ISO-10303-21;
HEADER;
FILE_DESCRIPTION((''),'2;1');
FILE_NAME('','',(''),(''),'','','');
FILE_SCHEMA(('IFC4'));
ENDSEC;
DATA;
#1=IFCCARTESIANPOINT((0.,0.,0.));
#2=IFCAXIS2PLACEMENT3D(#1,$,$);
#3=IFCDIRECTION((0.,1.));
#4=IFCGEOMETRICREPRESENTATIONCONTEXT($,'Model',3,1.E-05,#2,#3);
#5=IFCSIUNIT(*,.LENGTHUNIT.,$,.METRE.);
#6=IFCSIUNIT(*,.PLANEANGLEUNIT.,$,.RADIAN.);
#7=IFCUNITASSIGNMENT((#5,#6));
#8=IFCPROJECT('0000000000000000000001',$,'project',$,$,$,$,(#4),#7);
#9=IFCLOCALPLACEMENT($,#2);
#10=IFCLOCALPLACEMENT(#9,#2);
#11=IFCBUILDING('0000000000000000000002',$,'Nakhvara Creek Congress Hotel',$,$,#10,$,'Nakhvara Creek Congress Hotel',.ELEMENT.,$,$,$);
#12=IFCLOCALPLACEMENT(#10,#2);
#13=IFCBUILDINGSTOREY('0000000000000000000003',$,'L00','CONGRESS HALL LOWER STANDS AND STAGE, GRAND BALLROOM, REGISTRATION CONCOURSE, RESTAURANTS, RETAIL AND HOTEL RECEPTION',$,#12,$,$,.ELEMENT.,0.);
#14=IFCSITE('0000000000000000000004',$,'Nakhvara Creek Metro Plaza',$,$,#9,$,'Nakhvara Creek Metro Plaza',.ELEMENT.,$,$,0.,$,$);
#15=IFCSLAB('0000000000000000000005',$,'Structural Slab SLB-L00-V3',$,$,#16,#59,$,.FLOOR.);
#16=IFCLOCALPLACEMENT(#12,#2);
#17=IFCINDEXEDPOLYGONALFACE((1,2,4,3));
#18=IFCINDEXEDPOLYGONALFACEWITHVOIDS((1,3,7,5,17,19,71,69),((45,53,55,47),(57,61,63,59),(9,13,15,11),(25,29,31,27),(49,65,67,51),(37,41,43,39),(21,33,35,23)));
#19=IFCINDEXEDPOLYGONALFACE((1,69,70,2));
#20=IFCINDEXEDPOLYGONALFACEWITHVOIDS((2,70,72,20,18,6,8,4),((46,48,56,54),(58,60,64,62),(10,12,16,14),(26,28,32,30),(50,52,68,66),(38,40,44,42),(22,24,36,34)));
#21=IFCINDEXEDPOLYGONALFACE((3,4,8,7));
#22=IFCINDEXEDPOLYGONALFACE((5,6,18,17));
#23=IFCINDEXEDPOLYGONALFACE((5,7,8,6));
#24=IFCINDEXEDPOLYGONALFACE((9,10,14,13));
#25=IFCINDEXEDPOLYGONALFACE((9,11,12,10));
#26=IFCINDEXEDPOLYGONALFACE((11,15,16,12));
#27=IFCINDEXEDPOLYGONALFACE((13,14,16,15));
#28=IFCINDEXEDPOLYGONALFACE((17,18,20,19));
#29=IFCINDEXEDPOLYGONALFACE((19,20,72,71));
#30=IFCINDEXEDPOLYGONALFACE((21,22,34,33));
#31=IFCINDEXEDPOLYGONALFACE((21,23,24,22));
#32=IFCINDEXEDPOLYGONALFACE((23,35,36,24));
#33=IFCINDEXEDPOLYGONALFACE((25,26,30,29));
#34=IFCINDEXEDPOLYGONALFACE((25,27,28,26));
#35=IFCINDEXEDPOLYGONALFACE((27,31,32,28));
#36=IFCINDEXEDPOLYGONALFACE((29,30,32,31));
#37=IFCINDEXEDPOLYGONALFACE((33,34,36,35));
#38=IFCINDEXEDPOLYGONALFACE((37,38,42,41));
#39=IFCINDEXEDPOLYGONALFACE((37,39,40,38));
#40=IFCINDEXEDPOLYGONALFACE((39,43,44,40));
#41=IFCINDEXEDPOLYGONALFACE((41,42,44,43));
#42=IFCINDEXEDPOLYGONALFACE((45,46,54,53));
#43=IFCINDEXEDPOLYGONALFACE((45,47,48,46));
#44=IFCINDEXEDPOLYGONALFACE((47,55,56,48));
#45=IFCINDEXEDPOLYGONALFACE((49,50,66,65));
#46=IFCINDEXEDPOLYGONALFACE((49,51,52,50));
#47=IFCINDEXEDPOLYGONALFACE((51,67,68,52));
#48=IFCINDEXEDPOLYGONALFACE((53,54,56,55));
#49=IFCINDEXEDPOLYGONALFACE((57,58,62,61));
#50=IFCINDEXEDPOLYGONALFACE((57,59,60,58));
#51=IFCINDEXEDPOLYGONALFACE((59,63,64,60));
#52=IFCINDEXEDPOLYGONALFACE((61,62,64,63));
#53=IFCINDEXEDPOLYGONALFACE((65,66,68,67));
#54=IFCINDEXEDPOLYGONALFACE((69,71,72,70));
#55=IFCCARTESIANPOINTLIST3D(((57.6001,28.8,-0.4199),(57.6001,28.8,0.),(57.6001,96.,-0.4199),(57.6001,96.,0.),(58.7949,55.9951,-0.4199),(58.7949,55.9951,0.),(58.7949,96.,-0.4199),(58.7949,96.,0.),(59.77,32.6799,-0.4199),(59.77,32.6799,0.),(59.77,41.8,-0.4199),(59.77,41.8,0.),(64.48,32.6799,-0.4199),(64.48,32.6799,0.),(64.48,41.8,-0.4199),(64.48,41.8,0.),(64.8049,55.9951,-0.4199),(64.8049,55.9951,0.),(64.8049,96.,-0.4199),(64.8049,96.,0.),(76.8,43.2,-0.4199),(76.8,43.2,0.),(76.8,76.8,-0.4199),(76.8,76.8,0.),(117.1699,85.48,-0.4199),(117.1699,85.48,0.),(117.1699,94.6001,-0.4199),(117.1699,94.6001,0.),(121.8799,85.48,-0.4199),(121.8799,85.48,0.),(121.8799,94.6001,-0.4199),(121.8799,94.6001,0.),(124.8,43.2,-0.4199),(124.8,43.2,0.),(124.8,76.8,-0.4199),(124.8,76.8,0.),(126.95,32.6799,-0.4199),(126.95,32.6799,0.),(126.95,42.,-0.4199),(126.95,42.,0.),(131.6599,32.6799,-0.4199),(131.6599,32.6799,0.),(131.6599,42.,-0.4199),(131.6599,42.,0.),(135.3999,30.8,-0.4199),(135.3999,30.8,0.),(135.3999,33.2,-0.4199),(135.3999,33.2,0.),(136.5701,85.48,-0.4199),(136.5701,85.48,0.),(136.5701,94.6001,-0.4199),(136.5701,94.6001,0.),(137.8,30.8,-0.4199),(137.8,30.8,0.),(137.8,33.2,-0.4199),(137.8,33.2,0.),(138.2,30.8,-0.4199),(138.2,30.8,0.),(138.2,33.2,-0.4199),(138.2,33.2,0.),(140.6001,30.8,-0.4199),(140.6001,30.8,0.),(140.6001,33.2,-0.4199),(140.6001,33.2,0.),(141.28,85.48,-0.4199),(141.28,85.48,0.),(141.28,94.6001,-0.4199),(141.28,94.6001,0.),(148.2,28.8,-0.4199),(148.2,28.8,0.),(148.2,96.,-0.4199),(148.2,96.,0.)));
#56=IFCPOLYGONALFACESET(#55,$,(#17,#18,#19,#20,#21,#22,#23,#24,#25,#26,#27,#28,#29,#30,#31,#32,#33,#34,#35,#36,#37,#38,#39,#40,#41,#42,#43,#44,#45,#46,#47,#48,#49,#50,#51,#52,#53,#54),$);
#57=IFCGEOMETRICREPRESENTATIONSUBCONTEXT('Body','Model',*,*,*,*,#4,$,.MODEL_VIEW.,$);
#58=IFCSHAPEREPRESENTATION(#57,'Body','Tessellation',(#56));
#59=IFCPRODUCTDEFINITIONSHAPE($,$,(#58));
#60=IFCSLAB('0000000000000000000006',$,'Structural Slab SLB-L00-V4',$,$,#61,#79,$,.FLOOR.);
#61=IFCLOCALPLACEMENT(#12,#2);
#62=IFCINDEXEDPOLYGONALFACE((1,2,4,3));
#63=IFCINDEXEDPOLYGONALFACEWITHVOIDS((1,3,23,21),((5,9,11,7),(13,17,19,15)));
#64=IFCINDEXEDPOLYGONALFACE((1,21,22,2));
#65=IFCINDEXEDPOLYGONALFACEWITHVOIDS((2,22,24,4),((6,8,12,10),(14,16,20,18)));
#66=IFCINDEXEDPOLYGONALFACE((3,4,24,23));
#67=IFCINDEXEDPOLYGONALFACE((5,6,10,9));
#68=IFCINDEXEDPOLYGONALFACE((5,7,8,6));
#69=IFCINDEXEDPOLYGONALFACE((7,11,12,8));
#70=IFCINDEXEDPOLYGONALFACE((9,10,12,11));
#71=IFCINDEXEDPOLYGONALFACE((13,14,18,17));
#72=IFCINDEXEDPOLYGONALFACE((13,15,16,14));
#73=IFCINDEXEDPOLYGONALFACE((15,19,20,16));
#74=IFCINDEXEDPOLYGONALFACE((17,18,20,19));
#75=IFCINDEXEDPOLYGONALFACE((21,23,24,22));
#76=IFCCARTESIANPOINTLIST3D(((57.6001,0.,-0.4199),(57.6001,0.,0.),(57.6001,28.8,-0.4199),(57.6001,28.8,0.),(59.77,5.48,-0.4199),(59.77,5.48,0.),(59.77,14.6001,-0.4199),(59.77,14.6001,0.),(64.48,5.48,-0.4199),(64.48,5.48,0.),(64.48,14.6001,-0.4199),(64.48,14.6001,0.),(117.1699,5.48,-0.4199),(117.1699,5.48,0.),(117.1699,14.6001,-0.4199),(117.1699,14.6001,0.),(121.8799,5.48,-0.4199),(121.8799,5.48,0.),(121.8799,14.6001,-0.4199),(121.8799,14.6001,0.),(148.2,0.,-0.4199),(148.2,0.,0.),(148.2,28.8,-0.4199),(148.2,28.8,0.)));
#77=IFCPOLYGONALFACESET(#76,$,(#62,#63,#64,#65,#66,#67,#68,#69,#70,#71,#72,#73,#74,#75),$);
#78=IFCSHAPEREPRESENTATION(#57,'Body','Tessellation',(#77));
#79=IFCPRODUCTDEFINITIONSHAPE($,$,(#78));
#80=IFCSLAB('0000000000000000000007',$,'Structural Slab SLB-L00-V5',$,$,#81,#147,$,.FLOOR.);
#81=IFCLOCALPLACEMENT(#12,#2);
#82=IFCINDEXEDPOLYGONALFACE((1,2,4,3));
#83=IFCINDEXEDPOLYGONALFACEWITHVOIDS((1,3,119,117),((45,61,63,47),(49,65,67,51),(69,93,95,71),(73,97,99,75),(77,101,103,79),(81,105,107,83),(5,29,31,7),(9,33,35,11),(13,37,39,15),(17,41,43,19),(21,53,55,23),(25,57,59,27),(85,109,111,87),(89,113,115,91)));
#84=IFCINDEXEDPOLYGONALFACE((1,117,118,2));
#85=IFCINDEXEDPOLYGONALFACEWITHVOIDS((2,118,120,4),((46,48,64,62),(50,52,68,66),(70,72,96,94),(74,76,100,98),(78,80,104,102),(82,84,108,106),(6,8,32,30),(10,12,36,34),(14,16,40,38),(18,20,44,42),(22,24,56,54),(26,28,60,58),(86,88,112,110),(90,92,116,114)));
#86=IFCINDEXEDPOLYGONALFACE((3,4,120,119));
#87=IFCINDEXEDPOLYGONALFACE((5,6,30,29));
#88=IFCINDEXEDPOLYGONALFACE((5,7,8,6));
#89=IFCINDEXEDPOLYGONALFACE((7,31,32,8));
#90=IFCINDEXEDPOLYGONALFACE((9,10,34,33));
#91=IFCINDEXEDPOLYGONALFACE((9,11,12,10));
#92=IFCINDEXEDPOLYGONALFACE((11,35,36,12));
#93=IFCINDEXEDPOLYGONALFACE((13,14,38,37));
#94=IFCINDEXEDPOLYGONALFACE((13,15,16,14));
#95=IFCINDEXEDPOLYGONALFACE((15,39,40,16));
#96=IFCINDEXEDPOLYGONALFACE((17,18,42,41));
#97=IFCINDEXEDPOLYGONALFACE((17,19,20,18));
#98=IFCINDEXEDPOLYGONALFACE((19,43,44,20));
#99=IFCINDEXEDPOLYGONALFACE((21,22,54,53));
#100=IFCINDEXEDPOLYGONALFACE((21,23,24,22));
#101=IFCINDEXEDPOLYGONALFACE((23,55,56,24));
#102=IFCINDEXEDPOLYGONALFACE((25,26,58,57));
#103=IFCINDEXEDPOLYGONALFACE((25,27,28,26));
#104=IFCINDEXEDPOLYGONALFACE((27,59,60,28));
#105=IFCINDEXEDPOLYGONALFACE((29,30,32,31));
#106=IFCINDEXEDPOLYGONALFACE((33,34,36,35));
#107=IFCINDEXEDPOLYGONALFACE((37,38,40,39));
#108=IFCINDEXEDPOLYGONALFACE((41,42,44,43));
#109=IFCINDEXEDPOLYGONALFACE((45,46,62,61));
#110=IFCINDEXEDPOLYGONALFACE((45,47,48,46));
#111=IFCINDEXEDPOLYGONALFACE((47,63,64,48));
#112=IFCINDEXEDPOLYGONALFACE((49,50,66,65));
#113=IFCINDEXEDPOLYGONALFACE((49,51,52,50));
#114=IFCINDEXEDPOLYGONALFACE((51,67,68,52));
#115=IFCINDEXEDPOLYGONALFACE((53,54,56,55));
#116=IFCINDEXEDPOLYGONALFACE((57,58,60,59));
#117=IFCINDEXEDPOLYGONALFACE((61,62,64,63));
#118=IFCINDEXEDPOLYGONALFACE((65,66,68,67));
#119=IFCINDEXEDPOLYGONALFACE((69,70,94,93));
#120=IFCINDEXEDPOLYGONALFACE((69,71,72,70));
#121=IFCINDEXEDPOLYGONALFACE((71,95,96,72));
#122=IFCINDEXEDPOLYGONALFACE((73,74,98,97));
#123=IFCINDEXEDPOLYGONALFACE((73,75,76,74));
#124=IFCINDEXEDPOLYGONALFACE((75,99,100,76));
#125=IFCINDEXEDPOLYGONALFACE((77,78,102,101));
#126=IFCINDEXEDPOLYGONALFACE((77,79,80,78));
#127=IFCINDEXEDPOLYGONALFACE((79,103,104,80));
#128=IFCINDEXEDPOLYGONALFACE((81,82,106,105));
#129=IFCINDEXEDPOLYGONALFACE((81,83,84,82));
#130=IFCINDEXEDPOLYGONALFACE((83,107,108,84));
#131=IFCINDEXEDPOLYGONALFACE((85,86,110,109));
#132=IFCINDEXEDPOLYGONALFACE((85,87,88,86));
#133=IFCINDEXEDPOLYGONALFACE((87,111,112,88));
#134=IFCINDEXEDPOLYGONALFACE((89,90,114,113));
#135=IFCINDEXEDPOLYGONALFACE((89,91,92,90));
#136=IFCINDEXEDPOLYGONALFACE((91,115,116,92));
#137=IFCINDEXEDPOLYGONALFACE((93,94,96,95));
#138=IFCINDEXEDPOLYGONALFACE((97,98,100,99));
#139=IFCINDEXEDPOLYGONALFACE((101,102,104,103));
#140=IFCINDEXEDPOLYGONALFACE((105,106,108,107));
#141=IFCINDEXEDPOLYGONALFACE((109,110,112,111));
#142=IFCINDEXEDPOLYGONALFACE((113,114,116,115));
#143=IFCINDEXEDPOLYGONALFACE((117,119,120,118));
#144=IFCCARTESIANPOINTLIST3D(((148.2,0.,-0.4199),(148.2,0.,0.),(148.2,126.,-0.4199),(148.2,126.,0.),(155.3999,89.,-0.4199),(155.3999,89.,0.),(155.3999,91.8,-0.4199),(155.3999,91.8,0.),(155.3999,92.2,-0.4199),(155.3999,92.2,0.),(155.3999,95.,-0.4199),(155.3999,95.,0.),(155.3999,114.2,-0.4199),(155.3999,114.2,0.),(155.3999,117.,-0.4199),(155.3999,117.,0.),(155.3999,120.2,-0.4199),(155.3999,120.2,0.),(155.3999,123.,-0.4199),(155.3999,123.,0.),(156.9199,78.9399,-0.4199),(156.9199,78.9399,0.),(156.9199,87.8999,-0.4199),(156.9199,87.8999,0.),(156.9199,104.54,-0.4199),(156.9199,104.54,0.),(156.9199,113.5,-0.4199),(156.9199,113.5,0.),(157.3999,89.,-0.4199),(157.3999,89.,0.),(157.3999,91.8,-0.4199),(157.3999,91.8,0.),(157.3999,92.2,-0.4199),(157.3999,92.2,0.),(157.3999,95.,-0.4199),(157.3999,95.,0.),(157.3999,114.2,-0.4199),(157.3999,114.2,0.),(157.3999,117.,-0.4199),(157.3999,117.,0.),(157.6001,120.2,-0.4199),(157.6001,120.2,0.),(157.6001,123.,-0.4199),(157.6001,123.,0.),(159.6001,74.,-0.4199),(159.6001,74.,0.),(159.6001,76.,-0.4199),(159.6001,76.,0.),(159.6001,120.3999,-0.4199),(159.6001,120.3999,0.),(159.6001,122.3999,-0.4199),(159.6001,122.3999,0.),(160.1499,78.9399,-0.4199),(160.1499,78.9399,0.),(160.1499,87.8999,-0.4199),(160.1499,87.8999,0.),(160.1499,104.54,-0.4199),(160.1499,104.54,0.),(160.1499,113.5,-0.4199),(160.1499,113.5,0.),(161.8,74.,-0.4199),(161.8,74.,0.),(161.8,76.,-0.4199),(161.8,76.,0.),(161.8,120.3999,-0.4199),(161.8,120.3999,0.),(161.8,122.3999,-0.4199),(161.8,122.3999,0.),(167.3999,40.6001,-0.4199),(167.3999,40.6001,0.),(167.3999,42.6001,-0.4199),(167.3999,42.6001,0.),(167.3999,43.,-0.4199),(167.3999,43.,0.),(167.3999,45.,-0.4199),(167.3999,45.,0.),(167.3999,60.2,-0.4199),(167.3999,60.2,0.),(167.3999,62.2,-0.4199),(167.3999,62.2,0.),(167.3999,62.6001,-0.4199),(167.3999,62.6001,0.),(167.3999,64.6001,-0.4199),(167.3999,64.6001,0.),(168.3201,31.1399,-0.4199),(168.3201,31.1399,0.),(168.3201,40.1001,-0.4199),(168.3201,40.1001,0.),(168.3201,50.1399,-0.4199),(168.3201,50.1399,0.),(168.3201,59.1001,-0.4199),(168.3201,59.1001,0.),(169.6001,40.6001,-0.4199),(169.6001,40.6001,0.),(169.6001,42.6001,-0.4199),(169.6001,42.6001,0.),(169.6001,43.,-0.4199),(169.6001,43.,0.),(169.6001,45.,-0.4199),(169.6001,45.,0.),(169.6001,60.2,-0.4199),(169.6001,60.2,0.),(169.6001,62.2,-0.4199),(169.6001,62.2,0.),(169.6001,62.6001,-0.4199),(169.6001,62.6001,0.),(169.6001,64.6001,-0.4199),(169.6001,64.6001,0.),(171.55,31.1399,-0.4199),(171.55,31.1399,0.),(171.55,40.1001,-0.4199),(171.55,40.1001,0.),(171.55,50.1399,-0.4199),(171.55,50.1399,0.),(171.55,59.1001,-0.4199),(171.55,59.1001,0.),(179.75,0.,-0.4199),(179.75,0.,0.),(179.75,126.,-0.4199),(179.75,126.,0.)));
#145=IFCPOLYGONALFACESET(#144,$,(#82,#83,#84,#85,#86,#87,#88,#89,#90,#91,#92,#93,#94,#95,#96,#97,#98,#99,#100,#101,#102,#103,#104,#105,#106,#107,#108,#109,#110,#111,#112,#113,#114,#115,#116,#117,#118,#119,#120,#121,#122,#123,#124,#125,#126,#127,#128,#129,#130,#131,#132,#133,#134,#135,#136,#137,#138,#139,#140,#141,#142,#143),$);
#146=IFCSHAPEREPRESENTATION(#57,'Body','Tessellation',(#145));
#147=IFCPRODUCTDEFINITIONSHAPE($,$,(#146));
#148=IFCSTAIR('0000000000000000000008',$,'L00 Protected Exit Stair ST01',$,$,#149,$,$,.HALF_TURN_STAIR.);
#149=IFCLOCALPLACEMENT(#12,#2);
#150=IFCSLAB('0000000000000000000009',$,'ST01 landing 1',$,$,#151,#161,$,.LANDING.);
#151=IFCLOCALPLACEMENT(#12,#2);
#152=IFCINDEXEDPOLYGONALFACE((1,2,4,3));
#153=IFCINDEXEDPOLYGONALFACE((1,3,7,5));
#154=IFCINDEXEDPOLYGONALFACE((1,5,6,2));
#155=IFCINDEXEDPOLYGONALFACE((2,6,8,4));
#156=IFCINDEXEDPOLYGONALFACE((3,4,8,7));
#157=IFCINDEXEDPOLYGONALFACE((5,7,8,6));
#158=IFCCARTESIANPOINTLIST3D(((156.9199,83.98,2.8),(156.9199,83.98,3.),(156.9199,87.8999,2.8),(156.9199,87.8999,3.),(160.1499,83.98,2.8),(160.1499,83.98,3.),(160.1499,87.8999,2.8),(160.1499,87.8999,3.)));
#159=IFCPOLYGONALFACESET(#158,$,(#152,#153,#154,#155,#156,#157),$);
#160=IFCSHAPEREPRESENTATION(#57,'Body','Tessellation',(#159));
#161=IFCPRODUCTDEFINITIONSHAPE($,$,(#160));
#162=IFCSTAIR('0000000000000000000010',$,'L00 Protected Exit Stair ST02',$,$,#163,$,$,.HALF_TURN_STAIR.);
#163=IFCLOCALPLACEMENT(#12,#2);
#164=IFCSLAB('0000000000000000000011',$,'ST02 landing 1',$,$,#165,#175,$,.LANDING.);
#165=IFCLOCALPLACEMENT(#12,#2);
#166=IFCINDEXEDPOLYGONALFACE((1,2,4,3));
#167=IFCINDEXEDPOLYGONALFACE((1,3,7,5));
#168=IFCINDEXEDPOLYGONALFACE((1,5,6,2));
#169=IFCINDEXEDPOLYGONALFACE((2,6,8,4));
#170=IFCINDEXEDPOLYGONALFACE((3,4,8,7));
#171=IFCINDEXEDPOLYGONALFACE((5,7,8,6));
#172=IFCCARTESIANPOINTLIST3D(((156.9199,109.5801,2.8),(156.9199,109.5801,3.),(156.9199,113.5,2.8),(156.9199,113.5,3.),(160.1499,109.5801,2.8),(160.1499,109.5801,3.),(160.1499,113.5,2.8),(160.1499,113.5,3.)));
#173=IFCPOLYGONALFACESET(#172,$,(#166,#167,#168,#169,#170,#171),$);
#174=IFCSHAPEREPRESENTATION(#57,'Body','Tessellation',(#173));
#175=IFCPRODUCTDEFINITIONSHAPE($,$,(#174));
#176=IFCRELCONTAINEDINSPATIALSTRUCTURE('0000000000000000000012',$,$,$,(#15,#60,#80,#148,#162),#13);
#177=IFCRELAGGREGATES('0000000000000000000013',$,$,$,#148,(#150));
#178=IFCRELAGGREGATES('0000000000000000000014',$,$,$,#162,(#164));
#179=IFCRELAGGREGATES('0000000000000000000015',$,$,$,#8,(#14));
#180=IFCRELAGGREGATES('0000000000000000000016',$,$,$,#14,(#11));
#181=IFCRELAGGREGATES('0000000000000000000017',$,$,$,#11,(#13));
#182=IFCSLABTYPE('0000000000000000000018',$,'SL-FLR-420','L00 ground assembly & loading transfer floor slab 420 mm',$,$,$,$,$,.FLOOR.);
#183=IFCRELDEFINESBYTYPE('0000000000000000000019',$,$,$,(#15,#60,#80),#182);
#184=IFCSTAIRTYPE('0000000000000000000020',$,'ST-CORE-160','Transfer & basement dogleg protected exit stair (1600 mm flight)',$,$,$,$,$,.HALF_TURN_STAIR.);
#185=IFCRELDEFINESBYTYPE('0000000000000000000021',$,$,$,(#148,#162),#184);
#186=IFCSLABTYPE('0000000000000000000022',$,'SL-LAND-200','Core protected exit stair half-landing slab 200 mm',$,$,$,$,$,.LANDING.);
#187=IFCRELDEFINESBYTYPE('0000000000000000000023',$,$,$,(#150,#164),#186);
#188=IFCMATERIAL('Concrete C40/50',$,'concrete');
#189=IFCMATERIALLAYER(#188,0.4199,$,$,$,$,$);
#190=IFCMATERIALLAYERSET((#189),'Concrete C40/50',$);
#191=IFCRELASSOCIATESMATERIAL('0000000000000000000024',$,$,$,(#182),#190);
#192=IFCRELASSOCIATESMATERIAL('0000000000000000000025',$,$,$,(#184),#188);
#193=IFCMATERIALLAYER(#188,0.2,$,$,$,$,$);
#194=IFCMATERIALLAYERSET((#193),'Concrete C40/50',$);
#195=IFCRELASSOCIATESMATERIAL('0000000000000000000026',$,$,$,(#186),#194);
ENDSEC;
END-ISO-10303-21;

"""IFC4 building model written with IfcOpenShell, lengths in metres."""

from ifc_helpers import new_model, si_unit, direction, frame, origin, place, context, subcontext, project, spatial, polyline, outline, extrude, material, layer, layer_set, type_object, element, aggregate, save


model = new_model("IFC4")

# Units and contexts
model_context = context("Model", 3, precision=1e-05, world=origin(), true_north=direction((0.0, 1.0)))
body_context = subcontext(model_context, "Body", "Model", "MODEL_VIEW")
ifc_project = project(units=[si_unit("LENGTHUNIT", "METRE"), si_unit("PLANEANGLEUNIT", "RADIAN")], contexts=[model_context])

# Site, building, storey
site_placement = place(None, origin())
site = spatial("IfcSite", under=ifc_project, at=site_placement, Name="Nakhvara Creek Metro Plaza", LongName="Nakhvara Creek Metro Plaza", CompositionType="ELEMENT", RefElevation=0.0)
building_placement = place(site_placement, origin())
building = spatial("IfcBuilding", under=site, at=building_placement, Name="Nakhvara Creek Congress Hotel", LongName="Nakhvara Creek Congress Hotel", CompositionType="ELEMENT")
storey_placement = place(building_placement, origin())
storey = spatial("IfcBuildingStorey", under=building, at=storey_placement, Name="L00", Description="CONGRESS HALL LOWER STANDS AND STAGE, GRAND BALLROOM, REGISTRATION CONCOURSE, RESTAURANTS, RETAIL AND HOTEL RECEPTION", CompositionType="ELEMENT", Elevation=0.0)

# Slabs
ifc_material_1 = material(Name="Concrete C40/50", Category="concrete")
ifc_layer_1 = layer(ifc_material_1, 0.4199)
ifc_layer_set_1 = layer_set([ifc_layer_1], Name="Concrete C40/50")
slab_type_1 = type_object("IfcSlabType", Name="SL-FLR-420", Description="L00 ground assembly & loading transfer floor slab 420 mm", PredefinedType="FLOOR", material=ifc_layer_set_1)
slab_1_placement = place(storey_placement, frame((0.0, 0.0, -0.4199)))
element("IfcSlab", 1, at=slab_1_placement, inside=storey, type_object=slab_type_1, Name="Structural Slab SLB-L00-V3", PredefinedType="FLOOR", context=body_context, shape_type="SweptSolid", body=[
    extrude(outline(polyline([(57.6001, 96.0), (58.7949, 96.0), (58.7949, 55.9951), (64.8049, 55.9951), (64.8049, 96.0), (148.2, 96.0), (148.2, 28.8), (57.6001, 28.8), (57.6001, 96.0)]), holes=[polyline([(137.8, 33.2), (135.3999, 33.2), (135.3999, 30.8), (137.8, 30.8), (137.8, 33.2)]), polyline([(140.6001, 30.8), (140.6001, 33.2), (138.2, 33.2), (138.2, 30.8), (140.6001, 30.8)]), polyline([(64.48, 41.8), (59.77, 41.8), (59.77, 32.6799), (64.48, 32.6799), (64.48, 41.8)]), polyline([(131.6599, 42.0), (126.95, 42.0), (126.95, 32.6799), (131.6599, 32.6799), (131.6599, 42.0)]), polyline([(124.8, 43.2), (124.8, 76.8), (76.8, 76.8), (76.8, 43.2), (124.8, 43.2)]), polyline([(121.8799, 94.6001), (117.1699, 94.6001), (117.1699, 85.48), (121.8799, 85.48), (121.8799, 94.6001)]), polyline([(141.28, 94.6001), (136.5701, 94.6001), (136.5701, 85.48), (141.28, 85.48), (141.28, 94.6001)])]), origin(), (0.0, 0.0, 1.0), 0.4199),
])
slab_2_placement = place(storey_placement, frame((0.0, 0.0, -0.4199)))
element("IfcSlab", 2, at=slab_2_placement, inside=storey, type_object=slab_type_1, Name="Structural Slab SLB-L00-V4", PredefinedType="FLOOR", context=body_context, shape_type="SweptSolid", body=[
    extrude(outline(polyline([(57.6001, 28.8), (148.2, 28.8), (148.2, 0.0), (57.6001, 0.0), (57.6001, 28.8)]), holes=[polyline([(59.77, 5.48), (64.48, 5.48), (64.48, 14.6001), (59.77, 14.6001), (59.77, 5.48)]), polyline([(117.1699, 5.48), (121.8799, 5.48), (121.8799, 14.6001), (117.1699, 14.6001), (117.1699, 5.48)])]), origin(), (0.0, 0.0, 1.0), 0.4199),
])
slab_3_placement = place(storey_placement, frame((0.0, 0.0, -0.4199)))
element("IfcSlab", 3, at=slab_3_placement, inside=storey, type_object=slab_type_1, Name="Structural Slab SLB-L00-V5", PredefinedType="FLOOR", context=body_context, shape_type="SweptSolid", body=[
    extrude(outline(polyline([(148.2, 126.0), (179.75, 126.0), (179.75, 0.0), (148.2, 0.0), (148.2, 126.0)]), holes=[polyline([(161.8, 74.0), (161.8, 76.0), (159.6001, 76.0), (159.6001, 74.0), (161.8, 74.0)]), polyline([(160.1499, 78.9399), (160.1499, 87.8999), (156.9199, 87.8999), (156.9199, 78.9399), (160.1499, 78.9399)]), polyline([(155.3999, 89.0), (157.3999, 89.0), (157.3999, 91.8), (155.3999, 91.8), (155.3999, 89.0)]), polyline([(155.3999, 92.2), (157.3999, 92.2), (157.3999, 95.0), (155.3999, 95.0), (155.3999, 92.2)]), polyline([(160.1499, 104.54), (160.1499, 113.5), (156.9199, 113.5), (156.9199, 104.54), (160.1499, 104.54)]), polyline([(155.3999, 114.2), (157.3999, 114.2), (157.3999, 117.0), (155.3999, 117.0), (155.3999, 114.2)]), polyline([(155.3999, 120.2), (157.6001, 120.2), (157.6001, 123.0), (155.3999, 123.0), (155.3999, 120.2)]), polyline([(171.55, 40.1001), (168.3201, 40.1001), (168.3201, 31.1399), (171.55, 31.1399), (171.55, 40.1001)]), polyline([(167.3999, 40.6001), (169.6001, 40.6001), (169.6001, 42.6001), (167.3999, 42.6001), (167.3999, 40.6001)]), polyline([(167.3999, 43.0), (169.6001, 43.0), (169.6001, 45.0), (167.3999, 45.0), (167.3999, 43.0)]), polyline([(171.55, 50.1399), (171.55, 59.1001), (168.3201, 59.1001), (168.3201, 50.1399), (171.55, 50.1399)]), polyline([(167.3999, 60.2), (169.6001, 60.2), (169.6001, 62.2), (167.3999, 62.2), (167.3999, 60.2)]), polyline([(167.3999, 62.6001), (169.6001, 62.6001), (169.6001, 64.6001), (167.3999, 64.6001), (167.3999, 62.6001)]), polyline([(159.6001, 120.3999), (161.8, 120.3999), (161.8, 122.3999), (159.6001, 122.3999), (159.6001, 120.3999)])]), origin(), (0.0, 0.0, 1.0), 0.4199),
])

# Stairs, slabs
stair_type_1 = type_object("IfcStairType", Name="ST-CORE-160", Description="Transfer & basement dogleg protected exit stair (1600 mm flight)", PredefinedType="HALF_TURN_STAIR", material=ifc_material_1)
stair_1_placement = place(storey_placement, origin())
stair_1 = element("IfcStair", 4, at=stair_1_placement, inside=storey, type_object=stair_type_1, Name="L00 Protected Exit Stair ST01", PredefinedType="HALF_TURN_STAIR")
ifc_layer_2 = layer(ifc_material_1, 0.2)
ifc_layer_set_2 = layer_set([ifc_layer_2], Name="Concrete C40/50")
slab_type_2 = type_object("IfcSlabType", Name="SL-LAND-200", Description="Core protected exit stair half-landing slab 200 mm", PredefinedType="LANDING", material=ifc_layer_set_2)
slab_4_placement = place(storey_placement, frame((0.0, 0.0, 2.8)))
slab_4 = element("IfcSlab", 5, at=slab_4_placement, type_object=slab_type_2, Name="ST01 landing 1", PredefinedType="LANDING", context=body_context, shape_type="SweptSolid", body=[
    extrude(outline(polyline([(160.1499, 83.98), (160.1499, 87.8999), (156.9199, 87.8999), (156.9199, 83.98), (160.1499, 83.98)])), origin(), (0.0, 0.0, 1.0), 0.2),
])
aggregate(stair_1, [slab_4])
stair_2_placement = place(storey_placement, origin())
stair_2 = element("IfcStair", 6, at=stair_2_placement, inside=storey, type_object=stair_type_1, Name="L00 Protected Exit Stair ST02", PredefinedType="HALF_TURN_STAIR")
slab_5_placement = place(storey_placement, frame((0.0, 0.0, 2.8)))
slab_5 = element("IfcSlab", 7, at=slab_5_placement, type_object=slab_type_2, Name="ST02 landing 1", PredefinedType="LANDING", context=body_context, shape_type="SweptSolid", body=[
    extrude(outline(polyline([(160.1499, 109.5801), (160.1499, 113.5), (156.9199, 113.5), (156.9199, 109.5801), (160.1499, 109.5801)])), origin(), (0.0, 0.0, 1.0), 0.2),
])
aggregate(stair_2, [slab_5])

save(model, "model.ifc")
